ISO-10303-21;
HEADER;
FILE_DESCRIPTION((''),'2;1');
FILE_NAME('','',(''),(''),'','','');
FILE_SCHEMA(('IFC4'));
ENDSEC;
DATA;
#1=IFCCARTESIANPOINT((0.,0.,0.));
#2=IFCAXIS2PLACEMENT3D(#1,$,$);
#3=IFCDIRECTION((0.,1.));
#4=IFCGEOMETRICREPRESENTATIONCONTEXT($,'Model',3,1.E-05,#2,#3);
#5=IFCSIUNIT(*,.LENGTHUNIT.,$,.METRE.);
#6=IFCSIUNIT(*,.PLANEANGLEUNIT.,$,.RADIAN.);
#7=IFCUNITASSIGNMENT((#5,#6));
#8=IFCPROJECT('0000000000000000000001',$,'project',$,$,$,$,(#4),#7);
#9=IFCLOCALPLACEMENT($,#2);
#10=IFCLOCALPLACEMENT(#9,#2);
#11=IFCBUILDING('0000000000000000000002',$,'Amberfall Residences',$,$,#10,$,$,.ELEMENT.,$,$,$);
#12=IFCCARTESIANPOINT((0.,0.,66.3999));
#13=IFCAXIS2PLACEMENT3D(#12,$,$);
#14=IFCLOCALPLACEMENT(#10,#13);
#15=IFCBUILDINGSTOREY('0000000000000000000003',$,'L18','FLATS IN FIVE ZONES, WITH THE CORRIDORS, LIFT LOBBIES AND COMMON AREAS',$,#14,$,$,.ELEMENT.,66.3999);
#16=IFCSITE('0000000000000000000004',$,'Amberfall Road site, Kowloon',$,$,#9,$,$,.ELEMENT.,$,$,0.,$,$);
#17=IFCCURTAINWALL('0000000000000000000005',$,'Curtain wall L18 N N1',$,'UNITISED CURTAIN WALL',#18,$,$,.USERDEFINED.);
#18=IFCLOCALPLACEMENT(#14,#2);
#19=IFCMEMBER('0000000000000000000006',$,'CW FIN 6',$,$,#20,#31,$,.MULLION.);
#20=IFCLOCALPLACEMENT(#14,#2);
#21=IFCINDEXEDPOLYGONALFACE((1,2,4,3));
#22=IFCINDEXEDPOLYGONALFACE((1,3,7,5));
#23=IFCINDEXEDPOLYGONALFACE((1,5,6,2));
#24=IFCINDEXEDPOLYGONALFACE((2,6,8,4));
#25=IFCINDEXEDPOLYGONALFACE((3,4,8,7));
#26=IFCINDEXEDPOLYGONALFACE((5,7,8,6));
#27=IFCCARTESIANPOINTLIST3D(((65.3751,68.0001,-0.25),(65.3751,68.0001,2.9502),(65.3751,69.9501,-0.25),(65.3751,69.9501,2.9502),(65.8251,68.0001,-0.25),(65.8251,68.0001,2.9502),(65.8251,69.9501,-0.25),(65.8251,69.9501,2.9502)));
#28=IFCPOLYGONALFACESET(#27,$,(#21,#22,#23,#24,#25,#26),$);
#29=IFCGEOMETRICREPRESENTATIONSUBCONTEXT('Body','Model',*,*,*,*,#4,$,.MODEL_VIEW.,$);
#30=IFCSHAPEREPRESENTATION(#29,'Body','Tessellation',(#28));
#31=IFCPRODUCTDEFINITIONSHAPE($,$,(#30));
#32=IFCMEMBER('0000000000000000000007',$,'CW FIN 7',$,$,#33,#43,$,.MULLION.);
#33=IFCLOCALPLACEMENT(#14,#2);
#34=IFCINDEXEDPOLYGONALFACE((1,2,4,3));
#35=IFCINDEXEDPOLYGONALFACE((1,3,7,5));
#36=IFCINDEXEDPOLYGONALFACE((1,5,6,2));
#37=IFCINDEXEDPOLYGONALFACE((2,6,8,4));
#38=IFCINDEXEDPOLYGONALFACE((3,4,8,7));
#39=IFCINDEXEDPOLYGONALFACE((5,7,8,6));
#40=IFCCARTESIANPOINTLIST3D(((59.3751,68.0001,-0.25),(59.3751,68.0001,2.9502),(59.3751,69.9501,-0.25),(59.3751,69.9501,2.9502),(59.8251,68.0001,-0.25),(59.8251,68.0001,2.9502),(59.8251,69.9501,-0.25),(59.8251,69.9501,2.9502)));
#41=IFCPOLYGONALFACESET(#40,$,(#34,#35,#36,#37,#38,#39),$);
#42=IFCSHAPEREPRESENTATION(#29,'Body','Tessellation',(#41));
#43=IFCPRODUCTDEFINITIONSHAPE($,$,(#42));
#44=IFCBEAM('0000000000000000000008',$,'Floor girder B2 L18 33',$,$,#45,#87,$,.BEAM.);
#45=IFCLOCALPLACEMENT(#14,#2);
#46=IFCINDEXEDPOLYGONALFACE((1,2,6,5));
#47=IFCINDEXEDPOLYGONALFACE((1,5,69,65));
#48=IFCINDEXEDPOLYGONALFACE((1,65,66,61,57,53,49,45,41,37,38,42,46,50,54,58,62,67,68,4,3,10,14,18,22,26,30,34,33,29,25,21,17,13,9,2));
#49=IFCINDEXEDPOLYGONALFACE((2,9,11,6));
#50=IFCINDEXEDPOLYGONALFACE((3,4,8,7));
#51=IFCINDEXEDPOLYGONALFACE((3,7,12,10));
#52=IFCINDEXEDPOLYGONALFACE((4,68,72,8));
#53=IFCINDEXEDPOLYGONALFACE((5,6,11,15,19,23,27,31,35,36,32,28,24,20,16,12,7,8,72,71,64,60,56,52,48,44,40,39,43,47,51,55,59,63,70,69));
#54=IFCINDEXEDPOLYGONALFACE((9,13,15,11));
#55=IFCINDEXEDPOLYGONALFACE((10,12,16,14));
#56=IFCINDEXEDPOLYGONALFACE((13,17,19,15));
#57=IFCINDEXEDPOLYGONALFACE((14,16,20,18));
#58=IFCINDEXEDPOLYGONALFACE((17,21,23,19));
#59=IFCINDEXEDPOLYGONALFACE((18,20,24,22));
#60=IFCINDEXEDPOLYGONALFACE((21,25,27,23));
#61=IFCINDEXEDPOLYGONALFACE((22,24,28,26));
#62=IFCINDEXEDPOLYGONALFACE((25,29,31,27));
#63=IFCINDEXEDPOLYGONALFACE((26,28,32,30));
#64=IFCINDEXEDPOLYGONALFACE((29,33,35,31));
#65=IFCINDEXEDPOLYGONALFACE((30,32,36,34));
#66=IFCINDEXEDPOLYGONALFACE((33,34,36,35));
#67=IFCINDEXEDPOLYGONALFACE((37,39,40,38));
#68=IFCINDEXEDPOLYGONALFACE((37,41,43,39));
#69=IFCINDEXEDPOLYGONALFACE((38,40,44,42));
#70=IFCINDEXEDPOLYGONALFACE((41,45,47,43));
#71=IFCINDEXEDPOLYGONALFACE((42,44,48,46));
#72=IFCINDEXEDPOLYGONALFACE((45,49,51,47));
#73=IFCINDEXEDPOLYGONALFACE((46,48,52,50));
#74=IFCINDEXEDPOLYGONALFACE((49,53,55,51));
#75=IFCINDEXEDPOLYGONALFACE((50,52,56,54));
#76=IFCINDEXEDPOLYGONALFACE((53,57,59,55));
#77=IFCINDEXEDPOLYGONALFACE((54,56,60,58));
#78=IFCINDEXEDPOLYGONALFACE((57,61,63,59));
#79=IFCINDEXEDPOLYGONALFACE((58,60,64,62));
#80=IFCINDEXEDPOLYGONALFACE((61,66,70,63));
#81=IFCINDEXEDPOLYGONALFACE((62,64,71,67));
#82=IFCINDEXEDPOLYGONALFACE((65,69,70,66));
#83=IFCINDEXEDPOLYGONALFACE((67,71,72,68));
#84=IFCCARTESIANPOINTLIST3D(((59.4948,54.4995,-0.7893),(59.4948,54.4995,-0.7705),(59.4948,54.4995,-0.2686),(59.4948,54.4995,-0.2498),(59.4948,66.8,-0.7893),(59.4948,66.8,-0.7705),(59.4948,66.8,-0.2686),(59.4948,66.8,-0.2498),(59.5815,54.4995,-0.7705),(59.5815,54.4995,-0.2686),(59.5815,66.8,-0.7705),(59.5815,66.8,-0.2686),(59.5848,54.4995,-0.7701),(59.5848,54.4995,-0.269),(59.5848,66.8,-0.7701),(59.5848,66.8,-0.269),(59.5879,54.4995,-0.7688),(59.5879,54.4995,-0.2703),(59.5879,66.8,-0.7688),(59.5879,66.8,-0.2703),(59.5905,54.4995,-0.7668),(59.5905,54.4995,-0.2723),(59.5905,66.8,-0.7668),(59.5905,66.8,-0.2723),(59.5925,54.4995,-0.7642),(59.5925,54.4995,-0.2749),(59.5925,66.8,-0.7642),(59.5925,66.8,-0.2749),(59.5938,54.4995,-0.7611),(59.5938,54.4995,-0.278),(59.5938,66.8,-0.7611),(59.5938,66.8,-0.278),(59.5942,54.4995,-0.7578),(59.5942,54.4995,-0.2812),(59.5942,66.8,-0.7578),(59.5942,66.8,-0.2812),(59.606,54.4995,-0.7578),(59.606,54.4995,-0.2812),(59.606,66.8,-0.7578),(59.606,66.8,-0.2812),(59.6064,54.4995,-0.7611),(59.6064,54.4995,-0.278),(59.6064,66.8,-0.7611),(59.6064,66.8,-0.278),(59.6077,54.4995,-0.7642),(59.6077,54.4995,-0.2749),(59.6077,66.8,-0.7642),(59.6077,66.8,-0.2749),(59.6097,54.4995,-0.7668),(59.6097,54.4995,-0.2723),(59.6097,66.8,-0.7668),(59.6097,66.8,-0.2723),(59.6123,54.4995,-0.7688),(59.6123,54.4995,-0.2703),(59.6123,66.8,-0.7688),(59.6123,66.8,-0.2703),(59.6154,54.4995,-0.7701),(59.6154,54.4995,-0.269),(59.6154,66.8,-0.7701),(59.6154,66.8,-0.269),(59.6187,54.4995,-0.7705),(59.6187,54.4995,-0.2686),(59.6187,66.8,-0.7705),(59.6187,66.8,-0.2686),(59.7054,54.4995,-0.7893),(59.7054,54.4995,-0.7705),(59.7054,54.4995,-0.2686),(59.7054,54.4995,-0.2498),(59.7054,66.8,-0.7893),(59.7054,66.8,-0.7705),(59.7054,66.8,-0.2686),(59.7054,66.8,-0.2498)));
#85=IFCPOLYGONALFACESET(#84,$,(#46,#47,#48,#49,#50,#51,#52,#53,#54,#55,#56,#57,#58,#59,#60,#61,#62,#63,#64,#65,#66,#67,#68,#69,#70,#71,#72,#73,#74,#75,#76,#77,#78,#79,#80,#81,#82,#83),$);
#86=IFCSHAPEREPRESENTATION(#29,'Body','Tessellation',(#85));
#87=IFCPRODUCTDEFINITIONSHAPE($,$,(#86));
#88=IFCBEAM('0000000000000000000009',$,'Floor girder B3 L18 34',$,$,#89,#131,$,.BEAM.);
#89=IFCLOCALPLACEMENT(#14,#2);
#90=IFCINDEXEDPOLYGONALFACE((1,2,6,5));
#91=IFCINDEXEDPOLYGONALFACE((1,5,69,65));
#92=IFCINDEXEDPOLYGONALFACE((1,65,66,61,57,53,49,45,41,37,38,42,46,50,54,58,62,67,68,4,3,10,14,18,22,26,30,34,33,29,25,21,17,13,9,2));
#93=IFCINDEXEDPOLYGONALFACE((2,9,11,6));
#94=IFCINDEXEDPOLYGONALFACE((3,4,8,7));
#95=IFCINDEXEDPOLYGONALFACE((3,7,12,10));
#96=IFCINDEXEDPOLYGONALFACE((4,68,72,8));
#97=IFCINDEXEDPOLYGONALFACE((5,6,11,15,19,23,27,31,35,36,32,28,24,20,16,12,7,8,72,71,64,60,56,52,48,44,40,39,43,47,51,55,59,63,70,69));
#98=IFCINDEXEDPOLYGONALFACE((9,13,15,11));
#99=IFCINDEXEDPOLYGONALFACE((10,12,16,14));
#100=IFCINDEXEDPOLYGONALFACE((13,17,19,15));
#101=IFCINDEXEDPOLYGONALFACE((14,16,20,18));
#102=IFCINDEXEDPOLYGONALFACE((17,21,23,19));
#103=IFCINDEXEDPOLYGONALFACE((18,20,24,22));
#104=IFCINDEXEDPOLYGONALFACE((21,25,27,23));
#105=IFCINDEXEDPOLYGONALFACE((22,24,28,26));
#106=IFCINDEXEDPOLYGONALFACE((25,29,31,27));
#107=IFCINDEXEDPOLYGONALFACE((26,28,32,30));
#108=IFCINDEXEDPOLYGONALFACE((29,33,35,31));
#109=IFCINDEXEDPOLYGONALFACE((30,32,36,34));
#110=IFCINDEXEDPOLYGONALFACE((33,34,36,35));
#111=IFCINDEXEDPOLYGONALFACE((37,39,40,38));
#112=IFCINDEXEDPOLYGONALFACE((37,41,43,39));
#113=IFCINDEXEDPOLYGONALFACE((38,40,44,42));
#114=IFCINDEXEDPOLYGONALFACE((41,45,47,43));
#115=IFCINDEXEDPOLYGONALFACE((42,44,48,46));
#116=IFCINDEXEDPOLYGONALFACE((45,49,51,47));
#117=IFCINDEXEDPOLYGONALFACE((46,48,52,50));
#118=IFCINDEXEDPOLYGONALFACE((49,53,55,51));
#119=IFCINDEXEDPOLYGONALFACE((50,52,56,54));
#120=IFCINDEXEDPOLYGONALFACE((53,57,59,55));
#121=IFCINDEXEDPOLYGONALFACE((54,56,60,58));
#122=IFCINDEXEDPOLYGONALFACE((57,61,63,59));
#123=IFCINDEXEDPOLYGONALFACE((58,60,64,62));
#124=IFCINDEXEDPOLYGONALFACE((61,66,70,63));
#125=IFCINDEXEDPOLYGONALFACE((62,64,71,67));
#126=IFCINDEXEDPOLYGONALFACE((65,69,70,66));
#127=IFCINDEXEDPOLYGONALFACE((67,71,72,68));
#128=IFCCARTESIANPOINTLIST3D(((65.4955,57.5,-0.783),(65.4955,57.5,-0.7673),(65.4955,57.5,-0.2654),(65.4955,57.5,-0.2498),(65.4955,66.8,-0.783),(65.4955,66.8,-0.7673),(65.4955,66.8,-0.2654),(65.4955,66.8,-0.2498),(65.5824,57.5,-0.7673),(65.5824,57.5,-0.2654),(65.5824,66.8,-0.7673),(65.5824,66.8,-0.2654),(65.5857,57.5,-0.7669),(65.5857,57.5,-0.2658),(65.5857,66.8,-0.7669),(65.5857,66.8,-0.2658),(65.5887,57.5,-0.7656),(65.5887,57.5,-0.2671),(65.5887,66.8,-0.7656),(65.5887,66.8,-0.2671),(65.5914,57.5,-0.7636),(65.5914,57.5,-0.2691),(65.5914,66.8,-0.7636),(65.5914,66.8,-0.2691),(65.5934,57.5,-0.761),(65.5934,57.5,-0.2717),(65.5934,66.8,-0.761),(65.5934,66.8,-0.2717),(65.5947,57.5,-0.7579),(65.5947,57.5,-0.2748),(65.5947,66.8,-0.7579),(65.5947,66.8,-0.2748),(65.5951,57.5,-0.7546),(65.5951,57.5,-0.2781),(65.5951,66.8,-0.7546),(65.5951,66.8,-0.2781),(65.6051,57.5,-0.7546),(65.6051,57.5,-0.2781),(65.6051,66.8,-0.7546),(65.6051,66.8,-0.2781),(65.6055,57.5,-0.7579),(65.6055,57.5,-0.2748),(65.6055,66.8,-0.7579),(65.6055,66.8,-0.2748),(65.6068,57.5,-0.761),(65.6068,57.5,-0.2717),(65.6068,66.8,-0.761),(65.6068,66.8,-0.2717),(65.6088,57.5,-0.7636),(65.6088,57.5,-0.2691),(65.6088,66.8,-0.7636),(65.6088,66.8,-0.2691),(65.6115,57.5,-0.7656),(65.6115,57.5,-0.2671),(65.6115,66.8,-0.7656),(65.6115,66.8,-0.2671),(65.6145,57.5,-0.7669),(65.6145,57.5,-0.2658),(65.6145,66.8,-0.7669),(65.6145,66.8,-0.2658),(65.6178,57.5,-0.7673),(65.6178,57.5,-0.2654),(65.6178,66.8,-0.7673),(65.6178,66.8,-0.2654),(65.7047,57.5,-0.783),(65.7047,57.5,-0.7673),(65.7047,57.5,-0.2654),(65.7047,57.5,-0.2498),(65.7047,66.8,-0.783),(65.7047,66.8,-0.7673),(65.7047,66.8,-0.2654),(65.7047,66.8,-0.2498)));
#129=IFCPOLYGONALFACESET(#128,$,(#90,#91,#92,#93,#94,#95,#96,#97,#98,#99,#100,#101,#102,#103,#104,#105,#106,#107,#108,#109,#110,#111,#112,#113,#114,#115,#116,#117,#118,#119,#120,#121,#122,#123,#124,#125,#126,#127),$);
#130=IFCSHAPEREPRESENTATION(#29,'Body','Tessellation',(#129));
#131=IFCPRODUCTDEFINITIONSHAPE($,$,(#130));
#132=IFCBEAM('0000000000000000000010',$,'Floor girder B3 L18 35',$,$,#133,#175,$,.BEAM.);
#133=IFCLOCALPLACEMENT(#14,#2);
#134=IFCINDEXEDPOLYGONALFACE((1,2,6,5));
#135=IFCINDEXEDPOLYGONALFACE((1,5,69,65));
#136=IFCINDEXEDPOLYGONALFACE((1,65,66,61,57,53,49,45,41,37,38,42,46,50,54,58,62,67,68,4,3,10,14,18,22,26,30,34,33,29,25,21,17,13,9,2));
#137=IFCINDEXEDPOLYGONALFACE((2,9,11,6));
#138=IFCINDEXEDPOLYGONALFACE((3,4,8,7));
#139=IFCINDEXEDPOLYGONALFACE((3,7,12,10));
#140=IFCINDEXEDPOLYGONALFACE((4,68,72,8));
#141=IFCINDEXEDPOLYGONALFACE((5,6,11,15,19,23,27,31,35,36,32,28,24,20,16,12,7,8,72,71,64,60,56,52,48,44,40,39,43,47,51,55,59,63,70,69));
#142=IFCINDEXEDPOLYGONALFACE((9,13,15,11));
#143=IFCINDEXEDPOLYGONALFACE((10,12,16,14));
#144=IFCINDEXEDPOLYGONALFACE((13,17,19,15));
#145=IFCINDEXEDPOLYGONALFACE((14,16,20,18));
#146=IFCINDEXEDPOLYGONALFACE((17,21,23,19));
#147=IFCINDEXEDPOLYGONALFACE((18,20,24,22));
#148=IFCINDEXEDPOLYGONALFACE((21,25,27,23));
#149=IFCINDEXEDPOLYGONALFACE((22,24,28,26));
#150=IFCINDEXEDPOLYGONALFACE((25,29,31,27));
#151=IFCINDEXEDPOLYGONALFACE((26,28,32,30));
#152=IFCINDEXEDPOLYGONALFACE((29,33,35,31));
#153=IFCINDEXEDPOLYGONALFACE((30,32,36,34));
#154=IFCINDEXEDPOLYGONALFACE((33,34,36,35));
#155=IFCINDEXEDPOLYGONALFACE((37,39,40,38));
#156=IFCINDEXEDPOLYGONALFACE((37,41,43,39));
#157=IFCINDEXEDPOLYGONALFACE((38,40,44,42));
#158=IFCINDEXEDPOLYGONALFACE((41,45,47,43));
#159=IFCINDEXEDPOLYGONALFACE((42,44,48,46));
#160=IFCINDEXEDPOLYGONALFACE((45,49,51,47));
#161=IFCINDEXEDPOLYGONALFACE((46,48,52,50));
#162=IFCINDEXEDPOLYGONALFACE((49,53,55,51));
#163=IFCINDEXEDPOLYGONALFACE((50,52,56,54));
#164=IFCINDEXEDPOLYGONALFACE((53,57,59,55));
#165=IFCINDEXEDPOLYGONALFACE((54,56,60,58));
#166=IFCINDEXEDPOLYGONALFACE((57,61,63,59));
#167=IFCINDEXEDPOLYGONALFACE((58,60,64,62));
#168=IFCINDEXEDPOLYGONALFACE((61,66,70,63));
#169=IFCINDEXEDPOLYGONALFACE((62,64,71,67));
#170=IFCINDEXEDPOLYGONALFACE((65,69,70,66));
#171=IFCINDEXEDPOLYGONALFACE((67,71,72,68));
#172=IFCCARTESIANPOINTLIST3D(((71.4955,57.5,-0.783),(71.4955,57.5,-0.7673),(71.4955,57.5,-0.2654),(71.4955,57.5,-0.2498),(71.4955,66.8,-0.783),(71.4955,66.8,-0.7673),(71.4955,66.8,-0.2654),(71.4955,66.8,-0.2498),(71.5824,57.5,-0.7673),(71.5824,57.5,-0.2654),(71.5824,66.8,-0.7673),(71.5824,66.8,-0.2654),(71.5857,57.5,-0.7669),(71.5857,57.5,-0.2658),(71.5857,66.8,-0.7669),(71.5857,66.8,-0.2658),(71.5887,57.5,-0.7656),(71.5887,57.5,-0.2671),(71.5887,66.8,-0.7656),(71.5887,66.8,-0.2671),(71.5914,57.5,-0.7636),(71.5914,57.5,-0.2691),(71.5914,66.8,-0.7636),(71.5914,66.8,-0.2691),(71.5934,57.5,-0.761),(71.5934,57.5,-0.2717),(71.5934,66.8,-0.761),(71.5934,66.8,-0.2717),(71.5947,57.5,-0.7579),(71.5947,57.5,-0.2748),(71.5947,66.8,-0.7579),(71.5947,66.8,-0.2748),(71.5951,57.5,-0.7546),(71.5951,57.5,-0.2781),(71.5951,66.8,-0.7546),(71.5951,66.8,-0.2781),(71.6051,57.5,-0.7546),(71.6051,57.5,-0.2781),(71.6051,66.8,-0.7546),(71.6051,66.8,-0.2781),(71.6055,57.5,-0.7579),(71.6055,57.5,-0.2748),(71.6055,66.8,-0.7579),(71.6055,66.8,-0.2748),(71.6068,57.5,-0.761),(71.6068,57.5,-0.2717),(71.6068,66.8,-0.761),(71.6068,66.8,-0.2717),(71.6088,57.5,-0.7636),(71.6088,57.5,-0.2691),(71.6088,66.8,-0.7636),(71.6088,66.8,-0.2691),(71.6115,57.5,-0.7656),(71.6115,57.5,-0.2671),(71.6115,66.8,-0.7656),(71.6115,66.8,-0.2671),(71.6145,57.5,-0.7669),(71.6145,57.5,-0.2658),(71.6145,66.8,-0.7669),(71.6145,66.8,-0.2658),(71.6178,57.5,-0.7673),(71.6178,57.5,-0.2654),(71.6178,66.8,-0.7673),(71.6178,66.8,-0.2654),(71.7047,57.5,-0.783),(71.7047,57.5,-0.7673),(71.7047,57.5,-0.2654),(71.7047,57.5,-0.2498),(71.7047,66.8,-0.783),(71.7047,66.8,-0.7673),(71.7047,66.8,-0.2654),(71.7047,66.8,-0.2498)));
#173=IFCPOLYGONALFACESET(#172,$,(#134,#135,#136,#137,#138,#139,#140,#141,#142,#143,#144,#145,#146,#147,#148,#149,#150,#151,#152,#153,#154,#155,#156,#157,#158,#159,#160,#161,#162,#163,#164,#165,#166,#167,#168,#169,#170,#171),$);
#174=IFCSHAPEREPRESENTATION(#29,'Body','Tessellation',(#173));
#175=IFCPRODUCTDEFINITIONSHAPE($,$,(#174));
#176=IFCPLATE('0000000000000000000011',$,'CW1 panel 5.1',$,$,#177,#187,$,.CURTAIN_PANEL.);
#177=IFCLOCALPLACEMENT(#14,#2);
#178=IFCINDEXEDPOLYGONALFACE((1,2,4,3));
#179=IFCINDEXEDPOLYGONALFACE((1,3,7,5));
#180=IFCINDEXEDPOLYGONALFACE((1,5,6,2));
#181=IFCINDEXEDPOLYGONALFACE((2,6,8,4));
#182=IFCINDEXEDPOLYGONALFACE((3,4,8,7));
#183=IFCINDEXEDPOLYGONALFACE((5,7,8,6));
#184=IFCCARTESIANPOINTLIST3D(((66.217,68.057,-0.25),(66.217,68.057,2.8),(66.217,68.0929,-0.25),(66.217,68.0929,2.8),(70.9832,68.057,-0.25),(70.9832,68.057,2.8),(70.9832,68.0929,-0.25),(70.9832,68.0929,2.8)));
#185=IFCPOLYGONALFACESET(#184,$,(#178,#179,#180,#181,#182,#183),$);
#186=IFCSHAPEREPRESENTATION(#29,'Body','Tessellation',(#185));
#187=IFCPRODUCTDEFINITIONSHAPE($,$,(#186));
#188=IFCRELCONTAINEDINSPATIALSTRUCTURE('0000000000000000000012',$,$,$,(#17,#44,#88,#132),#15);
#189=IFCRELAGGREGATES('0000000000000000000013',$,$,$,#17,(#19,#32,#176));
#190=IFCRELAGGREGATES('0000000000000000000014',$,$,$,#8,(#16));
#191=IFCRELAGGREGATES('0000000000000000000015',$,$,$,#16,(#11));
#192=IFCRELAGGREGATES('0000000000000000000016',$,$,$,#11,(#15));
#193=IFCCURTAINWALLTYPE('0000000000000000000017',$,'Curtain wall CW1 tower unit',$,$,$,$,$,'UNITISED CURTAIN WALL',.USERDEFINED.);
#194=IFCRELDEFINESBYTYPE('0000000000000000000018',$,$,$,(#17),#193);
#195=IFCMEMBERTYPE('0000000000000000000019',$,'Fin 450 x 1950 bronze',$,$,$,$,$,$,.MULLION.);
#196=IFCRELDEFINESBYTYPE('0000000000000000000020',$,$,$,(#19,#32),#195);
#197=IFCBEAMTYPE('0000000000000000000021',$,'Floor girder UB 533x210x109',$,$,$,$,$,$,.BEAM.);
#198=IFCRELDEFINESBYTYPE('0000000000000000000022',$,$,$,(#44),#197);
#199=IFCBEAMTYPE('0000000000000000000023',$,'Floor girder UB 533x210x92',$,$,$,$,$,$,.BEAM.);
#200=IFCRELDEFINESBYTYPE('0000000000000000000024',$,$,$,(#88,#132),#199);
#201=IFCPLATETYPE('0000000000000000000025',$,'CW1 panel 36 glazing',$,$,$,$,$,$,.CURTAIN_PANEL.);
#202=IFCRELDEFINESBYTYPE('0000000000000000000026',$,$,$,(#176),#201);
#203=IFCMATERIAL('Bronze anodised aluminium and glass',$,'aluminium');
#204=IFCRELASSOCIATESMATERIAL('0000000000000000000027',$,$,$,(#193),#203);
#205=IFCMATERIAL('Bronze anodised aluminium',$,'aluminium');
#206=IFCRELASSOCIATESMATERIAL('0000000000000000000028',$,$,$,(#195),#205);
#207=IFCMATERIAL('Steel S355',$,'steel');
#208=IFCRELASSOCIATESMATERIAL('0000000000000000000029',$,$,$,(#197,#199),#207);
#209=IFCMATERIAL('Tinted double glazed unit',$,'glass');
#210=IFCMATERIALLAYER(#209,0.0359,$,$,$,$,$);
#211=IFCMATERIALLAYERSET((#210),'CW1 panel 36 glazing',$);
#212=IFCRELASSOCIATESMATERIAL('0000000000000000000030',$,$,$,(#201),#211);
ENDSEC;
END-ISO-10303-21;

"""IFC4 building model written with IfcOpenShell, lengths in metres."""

from ifc_helpers import new_model, si_unit, direction, frame, origin, origin_2d, place, context, subcontext, project, spatial, rectangle, i_section, extrude, material, layer, layer_set, material_profile, profile_set, type_object, element, aggregate, save


model = new_model("IFC4")

# Units and contexts
model_context = context("Model", 3, precision=1e-05, world=origin(), true_north=direction((0.0, 1.0)))
body_context = subcontext(model_context, "Body", "Model", "MODEL_VIEW")
ifc_project = project(units=[si_unit("LENGTHUNIT", "METRE"), si_unit("PLANEANGLEUNIT", "RADIAN")], contexts=[model_context])

# Site, building, storey
site_placement = place(None, origin())
site = spatial("IfcSite", under=ifc_project, at=site_placement, Name="Amberfall Road site, Kowloon", CompositionType="ELEMENT", RefElevation=0.0)
building_placement = place(site_placement, origin())
building = spatial("IfcBuilding", under=site, at=building_placement, Name="Amberfall Residences", CompositionType="ELEMENT")
storey_placement = place(building_placement, frame((0.0, 0.0, 66.3999)))
storey = spatial("IfcBuildingStorey", under=building, at=storey_placement, Name="L18", Description="FLATS IN FIVE ZONES, WITH THE CORRIDORS, LIFT LOBBIES AND COMMON AREAS", CompositionType="ELEMENT", Elevation=66.3999)

# Curtain wall
ifc_material_1 = material(Name="Bronze anodised aluminium and glass", Category="aluminium")
curtain_wall_type = type_object("IfcCurtainWallType", Name="Curtain wall CW1 tower unit", ElementType="UNITISED CURTAIN WALL", PredefinedType="USERDEFINED", material=ifc_material_1)
curtain_wall_placement = place(storey_placement, origin())
curtain_wall = element("IfcCurtainWall", 1, at=curtain_wall_placement, inside=storey, type_object=curtain_wall_type, Name="Curtain wall L18 N N1", ObjectType="UNITISED CURTAIN WALL", PredefinedType="USERDEFINED")
ifc_material_2 = material(Name="Bronze anodised aluminium", Category="aluminium")

# Shared definitions
ifc_material_3 = material(Name="Steel S355", Category="steel")

# Members
ifc_material_profile_1 = material_profile(ifc_material_2, rectangle(XDim=1.95, YDim=0.45, at=origin_2d()), Name="Fin 450 x 1950 bronze")
ifc_profile_set_1 = profile_set([ifc_material_profile_1], Name="Bronze anodised aluminium")
member_type_1 = type_object("IfcMemberType", Name="Fin 450 x 1950 bronze", PredefinedType="MULLION", material=ifc_profile_set_1)
member_1_placement = place(storey_placement, frame((65.6001, 68.9751, -0.25), z_axis=(0.0, 0.0, 1.0), x_axis=(0.0, -1.0, 0.0)))
member_1 = element("IfcMember", 2, at=member_1_placement, type_object=member_type_1, Name="CW FIN 6", PredefinedType="MULLION", context=body_context, shape_type="SweptSolid", body=[
    extrude(rectangle(XDim=1.95, YDim=0.45, at=origin_2d()), origin(), (0.0, 0.0, 1.0), 3.2002),
])
member_2_placement = place(storey_placement, frame((59.6001, 68.9751, -0.25), z_axis=(0.0, 0.0, 1.0), x_axis=(0.0, -1.0, 0.0)))
member_2 = element("IfcMember", 3, at=member_2_placement, type_object=member_type_1, Name="CW FIN 7", PredefinedType="MULLION", context=body_context, shape_type="SweptSolid", body=[
    extrude(rectangle(XDim=1.95, YDim=0.45, at=origin_2d()), origin(), (0.0, 0.0, 1.0), 3.2002),
])

# Beams
ifc_material_profile_2 = material_profile(ifc_material_3, i_section(OverallWidth=0.2107, OverallDepth=0.5396, WebThickness=0.0117, FlangeThickness=0.0188, FilletRadius=0.0127, at=origin_2d()), Name="UB 533x210x109")
ifc_profile_set_2 = profile_set([ifc_material_profile_2], Name="Steel S355")
beam_type_1 = type_object("IfcBeamType", Name="Floor girder UB 533x210x109", PredefinedType="BEAM", material=ifc_profile_set_2)
beam_placement = place(storey_placement, frame((59.6001, 66.8, -0.5195), z_axis=(0.0, -1.0, 0.0), x_axis=(1.0, 0.0, 0.0)))
element("IfcBeam", 4, at=beam_placement, inside=storey, type_object=beam_type_1, Name="Floor girder B2 L18 33", PredefinedType="BEAM", context=body_context, shape_type="SweptSolid", body=[
    extrude(i_section(OverallWidth=0.2107, OverallDepth=0.5396, WebThickness=0.0117, FlangeThickness=0.0188, FilletRadius=0.0127, at=origin_2d()), origin(), (0.0, 0.0, 1.0), 12.3005),
])
ifc_material_profile_3 = material_profile(ifc_material_3, i_section(OverallWidth=0.2092, OverallDepth=0.5332, WebThickness=0.01, FlangeThickness=0.0156, FilletRadius=0.0127, at=origin_2d()), Name="UB 533x210x92")
ifc_profile_set_3 = profile_set([ifc_material_profile_3], Name="Steel S355")
beam_type_2 = type_object("IfcBeamType", Name="Floor girder UB 533x210x92", PredefinedType="BEAM", material=ifc_profile_set_3)
for number, where, z_axis, x_axis, name in (
    (5, (65.6001, 66.8, -0.5164), (0.0, -1.0, 0.0), (1.0, 0.0, 0.0), "Floor girder B3 L18 34"),
    (6, (71.6001, 66.8, -0.5164), (0.0, -1.0, 0.0), (1.0, 0.0, 0.0), "Floor girder B3 L18 35"),
):
    element("IfcBeam", number, at=place(storey_placement, frame(where, z_axis=z_axis, x_axis=x_axis)), inside=storey, type_object=beam_type_2, Name=name, PredefinedType="BEAM", context=body_context, shape_type="SweptSolid", body=[
        extrude(i_section(OverallWidth=0.2092, OverallDepth=0.5332, WebThickness=0.01, FlangeThickness=0.0156, FilletRadius=0.0127, at=origin_2d()), origin(), (0.0, 0.0, 1.0), 9.3),
    ])

# Plate
ifc_material_4 = material(Name="Tinted double glazed unit", Category="glass")
ifc_layer_1 = layer(ifc_material_4, 0.0359)
ifc_layer_set_1 = layer_set([ifc_layer_1], Name="CW1 panel 36 glazing")
plate_type = type_object("IfcPlateType", Name="CW1 panel 36 glazing", PredefinedType="CURTAIN_PANEL", material=ifc_layer_set_1)
plate_1_placement = place(storey_placement, frame((68.6001, 68.075, -0.25), z_axis=(0.0, 0.0, 1.0), x_axis=(-1.0, 0.0, 0.0)))
plate_1 = element("IfcPlate", 7, at=plate_1_placement, type_object=plate_type, Name="CW1 panel 5.1", PredefinedType="CURTAIN_PANEL", context=body_context, shape_type="SweptSolid", body=[
    extrude(rectangle(XDim=4.7661, YDim=0.0359, at=origin_2d()), origin(), (0.0, 0.0, 1.0), 3.05),
])
aggregate(curtain_wall, [member_1, member_2, plate_1])

save(model, "model.ifc")
